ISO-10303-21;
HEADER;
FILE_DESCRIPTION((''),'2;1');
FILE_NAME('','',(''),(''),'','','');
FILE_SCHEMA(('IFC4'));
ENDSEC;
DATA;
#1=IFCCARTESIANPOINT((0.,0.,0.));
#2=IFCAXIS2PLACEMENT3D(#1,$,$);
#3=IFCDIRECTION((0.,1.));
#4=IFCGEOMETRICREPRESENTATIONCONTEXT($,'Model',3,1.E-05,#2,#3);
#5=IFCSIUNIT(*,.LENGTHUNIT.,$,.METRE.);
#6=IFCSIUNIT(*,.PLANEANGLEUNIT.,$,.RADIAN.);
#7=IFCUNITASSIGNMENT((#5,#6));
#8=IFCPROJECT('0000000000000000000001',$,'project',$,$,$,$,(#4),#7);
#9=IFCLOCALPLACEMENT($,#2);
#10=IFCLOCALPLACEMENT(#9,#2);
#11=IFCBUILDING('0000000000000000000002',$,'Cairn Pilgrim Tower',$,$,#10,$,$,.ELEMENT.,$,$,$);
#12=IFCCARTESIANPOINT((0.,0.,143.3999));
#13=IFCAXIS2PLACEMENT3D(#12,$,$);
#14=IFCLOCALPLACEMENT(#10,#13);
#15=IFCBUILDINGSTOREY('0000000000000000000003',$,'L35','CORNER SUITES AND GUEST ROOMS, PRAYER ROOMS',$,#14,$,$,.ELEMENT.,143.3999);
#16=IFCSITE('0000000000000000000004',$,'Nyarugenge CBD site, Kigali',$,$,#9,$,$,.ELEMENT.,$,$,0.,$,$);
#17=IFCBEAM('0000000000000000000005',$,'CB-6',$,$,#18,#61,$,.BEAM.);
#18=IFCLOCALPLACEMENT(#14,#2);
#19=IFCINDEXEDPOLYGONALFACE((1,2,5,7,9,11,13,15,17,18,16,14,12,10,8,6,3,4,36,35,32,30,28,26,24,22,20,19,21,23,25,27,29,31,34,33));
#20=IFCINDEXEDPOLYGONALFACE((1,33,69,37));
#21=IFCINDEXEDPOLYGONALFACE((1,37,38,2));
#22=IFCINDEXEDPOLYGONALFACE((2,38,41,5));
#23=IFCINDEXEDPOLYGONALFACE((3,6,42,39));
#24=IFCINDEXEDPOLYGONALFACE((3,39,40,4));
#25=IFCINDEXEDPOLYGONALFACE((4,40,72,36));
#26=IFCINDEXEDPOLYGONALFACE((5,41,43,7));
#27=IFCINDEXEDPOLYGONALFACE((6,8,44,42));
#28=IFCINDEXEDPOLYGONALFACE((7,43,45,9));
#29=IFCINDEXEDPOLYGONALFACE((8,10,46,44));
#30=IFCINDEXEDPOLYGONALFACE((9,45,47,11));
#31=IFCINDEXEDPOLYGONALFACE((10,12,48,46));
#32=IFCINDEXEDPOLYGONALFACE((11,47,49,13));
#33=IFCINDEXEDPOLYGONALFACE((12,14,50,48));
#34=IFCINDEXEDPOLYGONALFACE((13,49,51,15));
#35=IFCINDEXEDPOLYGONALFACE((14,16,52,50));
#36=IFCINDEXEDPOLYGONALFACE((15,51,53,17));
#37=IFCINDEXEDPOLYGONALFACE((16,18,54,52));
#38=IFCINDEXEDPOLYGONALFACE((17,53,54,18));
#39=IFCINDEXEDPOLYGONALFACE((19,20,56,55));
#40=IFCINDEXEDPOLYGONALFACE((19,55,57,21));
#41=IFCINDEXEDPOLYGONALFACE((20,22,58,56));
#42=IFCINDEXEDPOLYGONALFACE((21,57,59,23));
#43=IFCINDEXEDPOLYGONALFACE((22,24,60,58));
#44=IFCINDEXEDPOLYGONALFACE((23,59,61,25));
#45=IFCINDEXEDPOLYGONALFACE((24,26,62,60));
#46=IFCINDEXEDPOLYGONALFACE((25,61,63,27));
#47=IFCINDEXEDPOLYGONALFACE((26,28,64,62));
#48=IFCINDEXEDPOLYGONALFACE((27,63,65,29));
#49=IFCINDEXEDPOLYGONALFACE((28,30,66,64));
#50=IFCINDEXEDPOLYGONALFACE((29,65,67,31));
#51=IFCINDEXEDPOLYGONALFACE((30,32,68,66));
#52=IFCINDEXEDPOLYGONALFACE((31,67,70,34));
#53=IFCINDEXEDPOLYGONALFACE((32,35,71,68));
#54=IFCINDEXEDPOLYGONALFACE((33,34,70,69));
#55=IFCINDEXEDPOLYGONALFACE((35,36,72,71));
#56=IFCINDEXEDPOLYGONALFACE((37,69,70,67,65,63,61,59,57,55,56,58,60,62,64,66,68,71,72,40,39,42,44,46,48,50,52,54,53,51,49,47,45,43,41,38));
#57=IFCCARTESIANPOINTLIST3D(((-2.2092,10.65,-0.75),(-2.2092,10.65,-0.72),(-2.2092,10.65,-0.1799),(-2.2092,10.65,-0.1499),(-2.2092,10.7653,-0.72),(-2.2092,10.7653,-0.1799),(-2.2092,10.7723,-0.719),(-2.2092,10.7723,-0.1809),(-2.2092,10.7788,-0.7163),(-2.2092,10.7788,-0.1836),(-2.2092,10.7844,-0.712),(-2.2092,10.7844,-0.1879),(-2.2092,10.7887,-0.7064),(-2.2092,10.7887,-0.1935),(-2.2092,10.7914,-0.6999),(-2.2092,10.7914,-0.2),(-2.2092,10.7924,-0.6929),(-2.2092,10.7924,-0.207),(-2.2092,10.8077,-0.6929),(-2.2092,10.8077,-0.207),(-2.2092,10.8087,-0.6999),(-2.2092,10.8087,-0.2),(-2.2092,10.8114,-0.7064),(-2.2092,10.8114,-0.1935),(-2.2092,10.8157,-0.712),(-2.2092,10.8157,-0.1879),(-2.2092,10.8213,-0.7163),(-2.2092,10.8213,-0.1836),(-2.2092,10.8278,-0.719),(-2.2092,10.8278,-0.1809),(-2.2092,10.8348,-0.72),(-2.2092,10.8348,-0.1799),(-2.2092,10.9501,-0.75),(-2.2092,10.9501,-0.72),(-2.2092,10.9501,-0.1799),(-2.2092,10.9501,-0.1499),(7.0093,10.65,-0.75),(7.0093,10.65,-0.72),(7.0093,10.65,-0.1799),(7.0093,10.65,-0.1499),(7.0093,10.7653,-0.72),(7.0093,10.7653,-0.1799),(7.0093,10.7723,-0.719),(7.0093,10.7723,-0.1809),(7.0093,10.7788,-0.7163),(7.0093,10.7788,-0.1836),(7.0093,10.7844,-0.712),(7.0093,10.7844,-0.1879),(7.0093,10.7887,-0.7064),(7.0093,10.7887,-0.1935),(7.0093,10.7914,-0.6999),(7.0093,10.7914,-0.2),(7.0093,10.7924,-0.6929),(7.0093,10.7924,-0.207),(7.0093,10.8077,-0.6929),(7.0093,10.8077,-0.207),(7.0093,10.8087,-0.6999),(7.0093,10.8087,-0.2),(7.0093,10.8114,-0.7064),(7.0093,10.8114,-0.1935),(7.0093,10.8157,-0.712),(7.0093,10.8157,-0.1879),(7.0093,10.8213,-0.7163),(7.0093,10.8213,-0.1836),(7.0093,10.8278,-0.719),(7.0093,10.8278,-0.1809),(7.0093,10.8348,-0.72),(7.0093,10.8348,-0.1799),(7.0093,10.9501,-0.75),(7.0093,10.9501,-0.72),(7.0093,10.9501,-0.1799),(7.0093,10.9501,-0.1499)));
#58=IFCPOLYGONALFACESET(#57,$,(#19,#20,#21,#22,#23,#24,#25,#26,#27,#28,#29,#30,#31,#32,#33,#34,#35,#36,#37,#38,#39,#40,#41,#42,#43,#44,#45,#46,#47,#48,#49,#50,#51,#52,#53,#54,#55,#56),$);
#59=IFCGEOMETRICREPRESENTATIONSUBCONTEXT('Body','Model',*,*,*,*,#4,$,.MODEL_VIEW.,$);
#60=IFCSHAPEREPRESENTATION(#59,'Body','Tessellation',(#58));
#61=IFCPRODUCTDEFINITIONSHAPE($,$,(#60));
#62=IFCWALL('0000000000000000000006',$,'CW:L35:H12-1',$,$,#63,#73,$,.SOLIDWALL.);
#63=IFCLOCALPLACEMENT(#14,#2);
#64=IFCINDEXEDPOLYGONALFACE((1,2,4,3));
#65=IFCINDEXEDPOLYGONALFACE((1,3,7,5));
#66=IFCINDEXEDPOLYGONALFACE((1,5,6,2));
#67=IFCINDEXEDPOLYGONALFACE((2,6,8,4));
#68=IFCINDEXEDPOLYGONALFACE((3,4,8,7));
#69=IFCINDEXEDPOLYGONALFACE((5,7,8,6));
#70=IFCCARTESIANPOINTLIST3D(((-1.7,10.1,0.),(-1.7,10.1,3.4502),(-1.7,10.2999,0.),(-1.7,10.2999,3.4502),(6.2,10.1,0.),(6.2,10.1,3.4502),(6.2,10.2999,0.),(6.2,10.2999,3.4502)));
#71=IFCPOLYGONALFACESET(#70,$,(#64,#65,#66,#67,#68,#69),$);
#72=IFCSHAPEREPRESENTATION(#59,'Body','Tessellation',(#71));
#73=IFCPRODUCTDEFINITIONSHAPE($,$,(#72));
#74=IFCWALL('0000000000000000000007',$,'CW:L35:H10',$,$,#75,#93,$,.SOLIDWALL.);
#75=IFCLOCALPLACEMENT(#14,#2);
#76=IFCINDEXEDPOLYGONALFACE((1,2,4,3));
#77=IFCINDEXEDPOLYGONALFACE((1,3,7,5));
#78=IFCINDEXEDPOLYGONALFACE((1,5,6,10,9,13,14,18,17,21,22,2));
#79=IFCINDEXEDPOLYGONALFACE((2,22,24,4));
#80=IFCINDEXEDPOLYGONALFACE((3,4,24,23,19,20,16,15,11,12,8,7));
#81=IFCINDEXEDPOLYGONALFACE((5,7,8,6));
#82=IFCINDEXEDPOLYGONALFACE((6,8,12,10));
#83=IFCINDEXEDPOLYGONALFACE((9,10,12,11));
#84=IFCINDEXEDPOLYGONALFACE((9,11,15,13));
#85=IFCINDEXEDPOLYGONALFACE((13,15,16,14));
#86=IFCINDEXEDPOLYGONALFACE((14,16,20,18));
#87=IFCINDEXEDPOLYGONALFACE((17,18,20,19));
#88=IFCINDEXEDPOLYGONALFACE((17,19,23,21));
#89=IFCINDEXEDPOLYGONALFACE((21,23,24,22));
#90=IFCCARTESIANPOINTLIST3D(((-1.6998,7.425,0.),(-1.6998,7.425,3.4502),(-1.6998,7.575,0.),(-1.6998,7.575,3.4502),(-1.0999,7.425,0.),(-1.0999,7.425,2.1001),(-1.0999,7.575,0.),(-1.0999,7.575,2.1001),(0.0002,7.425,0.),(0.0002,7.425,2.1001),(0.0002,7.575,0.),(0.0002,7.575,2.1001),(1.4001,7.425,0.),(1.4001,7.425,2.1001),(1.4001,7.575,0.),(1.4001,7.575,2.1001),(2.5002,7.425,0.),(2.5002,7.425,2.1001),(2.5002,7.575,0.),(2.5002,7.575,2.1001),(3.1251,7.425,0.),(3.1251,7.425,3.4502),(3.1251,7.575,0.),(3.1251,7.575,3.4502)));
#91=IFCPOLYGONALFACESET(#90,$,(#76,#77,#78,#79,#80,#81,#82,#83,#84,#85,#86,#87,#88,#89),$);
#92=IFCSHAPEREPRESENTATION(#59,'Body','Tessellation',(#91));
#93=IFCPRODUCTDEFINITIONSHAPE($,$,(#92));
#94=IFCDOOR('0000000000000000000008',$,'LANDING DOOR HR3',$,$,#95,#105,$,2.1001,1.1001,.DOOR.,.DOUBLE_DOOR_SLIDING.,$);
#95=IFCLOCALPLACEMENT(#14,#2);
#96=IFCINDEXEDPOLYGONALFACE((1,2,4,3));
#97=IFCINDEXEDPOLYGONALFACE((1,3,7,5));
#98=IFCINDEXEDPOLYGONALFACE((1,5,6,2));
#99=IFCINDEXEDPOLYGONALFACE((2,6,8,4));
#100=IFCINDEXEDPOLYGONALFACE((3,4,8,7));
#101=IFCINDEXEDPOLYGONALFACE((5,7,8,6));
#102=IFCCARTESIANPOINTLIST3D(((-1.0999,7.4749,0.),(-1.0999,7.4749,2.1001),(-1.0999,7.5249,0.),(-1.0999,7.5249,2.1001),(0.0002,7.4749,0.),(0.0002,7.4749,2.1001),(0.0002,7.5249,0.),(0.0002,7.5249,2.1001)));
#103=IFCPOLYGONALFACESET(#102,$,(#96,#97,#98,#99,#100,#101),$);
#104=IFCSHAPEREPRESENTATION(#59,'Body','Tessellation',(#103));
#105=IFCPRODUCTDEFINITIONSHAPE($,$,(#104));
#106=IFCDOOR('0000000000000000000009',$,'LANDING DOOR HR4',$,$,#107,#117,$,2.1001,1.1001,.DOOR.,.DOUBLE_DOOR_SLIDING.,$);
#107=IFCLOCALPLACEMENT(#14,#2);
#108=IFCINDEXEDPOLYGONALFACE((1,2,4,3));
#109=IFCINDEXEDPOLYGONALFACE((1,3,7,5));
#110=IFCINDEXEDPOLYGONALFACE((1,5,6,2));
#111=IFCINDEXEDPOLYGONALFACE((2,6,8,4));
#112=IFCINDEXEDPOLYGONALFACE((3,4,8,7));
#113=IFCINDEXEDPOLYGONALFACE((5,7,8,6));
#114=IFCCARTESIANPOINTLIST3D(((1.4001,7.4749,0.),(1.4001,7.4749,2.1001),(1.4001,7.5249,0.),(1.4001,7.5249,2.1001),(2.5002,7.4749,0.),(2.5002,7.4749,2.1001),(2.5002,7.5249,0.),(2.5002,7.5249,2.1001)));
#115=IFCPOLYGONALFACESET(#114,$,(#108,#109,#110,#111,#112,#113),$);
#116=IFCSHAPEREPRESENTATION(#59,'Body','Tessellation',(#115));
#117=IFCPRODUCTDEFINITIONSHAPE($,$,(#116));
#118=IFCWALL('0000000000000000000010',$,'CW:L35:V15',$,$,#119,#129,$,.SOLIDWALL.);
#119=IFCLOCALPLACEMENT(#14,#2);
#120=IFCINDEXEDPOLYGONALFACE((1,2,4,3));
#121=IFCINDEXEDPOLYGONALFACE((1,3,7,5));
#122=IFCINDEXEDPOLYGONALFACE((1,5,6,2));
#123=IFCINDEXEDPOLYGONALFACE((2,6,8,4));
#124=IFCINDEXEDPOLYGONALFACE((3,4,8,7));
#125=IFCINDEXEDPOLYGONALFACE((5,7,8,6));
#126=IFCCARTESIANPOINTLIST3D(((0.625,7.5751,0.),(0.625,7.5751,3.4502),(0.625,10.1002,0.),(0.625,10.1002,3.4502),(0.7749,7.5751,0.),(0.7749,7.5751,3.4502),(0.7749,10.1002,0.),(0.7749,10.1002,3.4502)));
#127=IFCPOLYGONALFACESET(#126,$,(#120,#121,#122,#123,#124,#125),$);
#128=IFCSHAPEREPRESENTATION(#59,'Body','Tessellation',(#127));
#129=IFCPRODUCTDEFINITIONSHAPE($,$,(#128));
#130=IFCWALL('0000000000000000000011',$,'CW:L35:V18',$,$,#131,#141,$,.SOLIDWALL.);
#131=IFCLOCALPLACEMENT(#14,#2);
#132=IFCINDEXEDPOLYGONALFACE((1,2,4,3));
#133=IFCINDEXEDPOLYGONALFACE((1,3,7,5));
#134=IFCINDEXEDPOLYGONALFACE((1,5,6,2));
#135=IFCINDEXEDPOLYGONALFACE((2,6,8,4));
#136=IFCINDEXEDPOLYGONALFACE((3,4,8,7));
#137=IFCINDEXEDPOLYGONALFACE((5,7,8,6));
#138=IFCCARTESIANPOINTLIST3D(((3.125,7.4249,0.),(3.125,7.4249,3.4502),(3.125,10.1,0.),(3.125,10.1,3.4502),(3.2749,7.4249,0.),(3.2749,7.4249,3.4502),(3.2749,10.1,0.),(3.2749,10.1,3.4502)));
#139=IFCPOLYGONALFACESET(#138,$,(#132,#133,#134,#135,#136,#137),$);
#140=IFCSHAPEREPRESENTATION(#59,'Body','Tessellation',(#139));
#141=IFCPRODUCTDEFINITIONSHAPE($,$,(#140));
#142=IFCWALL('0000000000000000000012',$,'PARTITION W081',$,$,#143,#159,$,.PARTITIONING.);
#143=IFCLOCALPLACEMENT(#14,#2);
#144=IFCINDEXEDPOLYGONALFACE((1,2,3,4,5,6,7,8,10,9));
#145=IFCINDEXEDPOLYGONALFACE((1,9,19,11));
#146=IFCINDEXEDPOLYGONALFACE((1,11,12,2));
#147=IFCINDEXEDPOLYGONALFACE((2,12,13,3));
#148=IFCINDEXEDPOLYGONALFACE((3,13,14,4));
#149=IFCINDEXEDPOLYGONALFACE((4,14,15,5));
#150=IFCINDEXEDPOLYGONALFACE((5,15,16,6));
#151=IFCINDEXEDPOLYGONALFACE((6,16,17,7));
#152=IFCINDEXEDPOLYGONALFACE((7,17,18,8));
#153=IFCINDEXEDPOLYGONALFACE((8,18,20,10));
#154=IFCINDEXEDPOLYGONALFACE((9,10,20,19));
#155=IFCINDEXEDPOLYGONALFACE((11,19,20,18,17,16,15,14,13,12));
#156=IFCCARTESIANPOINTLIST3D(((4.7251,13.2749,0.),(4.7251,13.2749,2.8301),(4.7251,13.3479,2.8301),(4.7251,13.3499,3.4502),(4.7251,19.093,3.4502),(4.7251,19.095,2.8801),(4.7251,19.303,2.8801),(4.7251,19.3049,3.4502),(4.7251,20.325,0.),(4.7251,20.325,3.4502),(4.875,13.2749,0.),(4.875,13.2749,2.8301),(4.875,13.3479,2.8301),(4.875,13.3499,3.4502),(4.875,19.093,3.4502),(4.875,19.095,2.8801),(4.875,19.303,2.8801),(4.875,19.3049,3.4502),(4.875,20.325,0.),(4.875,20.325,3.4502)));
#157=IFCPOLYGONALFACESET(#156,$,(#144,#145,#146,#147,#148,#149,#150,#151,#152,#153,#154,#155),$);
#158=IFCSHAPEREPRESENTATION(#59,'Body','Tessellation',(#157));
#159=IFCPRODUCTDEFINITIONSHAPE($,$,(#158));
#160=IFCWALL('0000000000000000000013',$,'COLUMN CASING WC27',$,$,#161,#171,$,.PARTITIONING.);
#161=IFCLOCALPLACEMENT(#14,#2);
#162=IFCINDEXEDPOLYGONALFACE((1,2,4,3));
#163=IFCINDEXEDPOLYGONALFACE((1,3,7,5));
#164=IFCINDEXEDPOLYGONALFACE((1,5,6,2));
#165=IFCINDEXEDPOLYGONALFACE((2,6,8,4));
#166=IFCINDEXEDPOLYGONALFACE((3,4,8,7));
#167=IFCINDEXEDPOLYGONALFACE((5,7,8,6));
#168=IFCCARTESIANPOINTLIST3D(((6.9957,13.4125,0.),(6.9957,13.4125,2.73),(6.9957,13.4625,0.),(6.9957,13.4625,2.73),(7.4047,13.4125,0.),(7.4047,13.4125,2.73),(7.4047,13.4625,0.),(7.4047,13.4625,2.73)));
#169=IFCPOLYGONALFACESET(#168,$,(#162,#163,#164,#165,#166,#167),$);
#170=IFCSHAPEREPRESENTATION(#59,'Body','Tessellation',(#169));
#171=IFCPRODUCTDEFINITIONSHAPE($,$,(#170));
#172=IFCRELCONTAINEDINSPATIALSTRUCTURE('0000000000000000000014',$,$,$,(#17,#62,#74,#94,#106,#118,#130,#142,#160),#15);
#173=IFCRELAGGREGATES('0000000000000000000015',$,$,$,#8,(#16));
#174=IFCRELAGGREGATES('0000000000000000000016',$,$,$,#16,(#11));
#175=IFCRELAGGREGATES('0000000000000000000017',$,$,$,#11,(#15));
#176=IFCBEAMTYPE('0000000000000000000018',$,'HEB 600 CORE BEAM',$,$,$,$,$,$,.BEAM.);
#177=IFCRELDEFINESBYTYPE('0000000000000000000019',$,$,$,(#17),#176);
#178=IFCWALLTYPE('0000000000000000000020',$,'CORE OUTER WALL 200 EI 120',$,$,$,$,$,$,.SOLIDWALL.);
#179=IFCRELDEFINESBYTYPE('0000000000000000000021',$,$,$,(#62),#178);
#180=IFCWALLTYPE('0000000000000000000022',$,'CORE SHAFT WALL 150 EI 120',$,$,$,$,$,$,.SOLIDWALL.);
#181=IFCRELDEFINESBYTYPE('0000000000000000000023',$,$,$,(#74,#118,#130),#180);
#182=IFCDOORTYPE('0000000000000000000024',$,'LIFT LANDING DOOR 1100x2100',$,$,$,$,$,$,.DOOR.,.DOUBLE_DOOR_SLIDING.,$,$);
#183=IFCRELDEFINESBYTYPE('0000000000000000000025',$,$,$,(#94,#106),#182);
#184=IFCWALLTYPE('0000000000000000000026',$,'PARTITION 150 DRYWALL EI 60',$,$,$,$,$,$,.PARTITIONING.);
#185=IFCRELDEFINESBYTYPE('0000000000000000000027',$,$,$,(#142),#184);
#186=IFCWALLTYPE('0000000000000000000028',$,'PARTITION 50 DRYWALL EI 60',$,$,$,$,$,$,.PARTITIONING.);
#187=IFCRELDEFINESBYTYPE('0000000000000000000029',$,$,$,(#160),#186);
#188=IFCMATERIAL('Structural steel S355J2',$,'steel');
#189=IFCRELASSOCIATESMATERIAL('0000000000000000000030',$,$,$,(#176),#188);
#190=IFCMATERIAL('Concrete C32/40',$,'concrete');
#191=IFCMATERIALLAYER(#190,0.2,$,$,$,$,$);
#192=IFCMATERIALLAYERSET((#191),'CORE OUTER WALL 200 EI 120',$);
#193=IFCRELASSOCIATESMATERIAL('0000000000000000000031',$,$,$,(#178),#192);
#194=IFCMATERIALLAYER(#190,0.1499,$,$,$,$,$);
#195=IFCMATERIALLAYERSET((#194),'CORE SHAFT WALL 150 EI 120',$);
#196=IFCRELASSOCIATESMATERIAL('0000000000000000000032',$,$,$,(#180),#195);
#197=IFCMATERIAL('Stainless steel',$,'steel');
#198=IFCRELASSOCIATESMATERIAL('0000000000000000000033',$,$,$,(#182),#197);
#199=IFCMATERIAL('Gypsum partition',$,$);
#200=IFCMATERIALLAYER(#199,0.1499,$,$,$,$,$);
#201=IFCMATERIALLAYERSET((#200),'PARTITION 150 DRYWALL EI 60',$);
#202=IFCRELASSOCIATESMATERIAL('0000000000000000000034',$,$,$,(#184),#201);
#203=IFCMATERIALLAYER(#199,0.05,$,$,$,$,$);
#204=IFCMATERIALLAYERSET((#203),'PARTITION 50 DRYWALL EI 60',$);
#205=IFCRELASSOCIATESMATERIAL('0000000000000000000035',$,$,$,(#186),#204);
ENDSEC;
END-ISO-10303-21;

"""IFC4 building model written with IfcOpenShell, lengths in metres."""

from ifc_helpers import new_model, si_unit, direction, frame, frame_2d, origin, origin_2d, place, context, subcontext, project, spatial, polyline, rectangle, i_section, outline, extrude, material, layer, layer_set, material_profile, profile_set, type_object, element, fill, save


model = new_model("IFC4")

# Units and contexts
model_context = context("Model", 3, precision=1e-05, world=origin(), true_north=direction((0.0, 1.0)))
body_context = subcontext(model_context, "Body", "Model", "MODEL_VIEW")
ifc_project = project(units=[si_unit("LENGTHUNIT", "METRE"), si_unit("PLANEANGLEUNIT", "RADIAN")], contexts=[model_context])

# Site, building, storey
site_placement = place(None, origin())
site = spatial("IfcSite", under=ifc_project, at=site_placement, Name="Nyarugenge CBD site, Kigali", CompositionType="ELEMENT", RefElevation=0.0)
building_placement = place(site_placement, origin())
building = spatial("IfcBuilding", under=site, at=building_placement, Name="Cairn Pilgrim Tower", CompositionType="ELEMENT")
storey_placement = place(building_placement, frame((0.0, 0.0, 143.3999)))
storey = spatial("IfcBuildingStorey", under=building, at=storey_placement, Name="L35", Description="CORNER SUITES AND GUEST ROOMS, PRAYER ROOMS", CompositionType="ELEMENT", Elevation=143.3999)

# Beam
ifc_material_1 = material(Name="Structural steel S355J2", Category="steel")
ifc_material_profile_1 = material_profile(ifc_material_1, i_section(OverallWidth=0.3, OverallDepth=0.6001, WebThickness=0.0154, FlangeThickness=0.03, FilletRadius=0.0271, at=origin_2d()), Name="HEB 600")
ifc_profile_set_1 = profile_set([ifc_material_profile_1], Name="Structural steel S355J2")
beam_type_1 = type_object("IfcBeamType", Name="HEB 600 CORE BEAM", PredefinedType="BEAM", material=ifc_profile_set_1)
beam_1_placement = place(storey_placement, frame((7.0093, 10.8, -0.45), z_axis=(-1.0, 0.0, 0.0), x_axis=(0.0, -1.0, 0.0)))
element("IfcBeam", 1, at=beam_1_placement, inside=storey, type_object=beam_type_1, Name="CB-6", PredefinedType="BEAM", context=body_context, shape_type="SweptSolid", body=[
    extrude(i_section(OverallWidth=0.3, OverallDepth=0.6001, WebThickness=0.0154, FlangeThickness=0.03, FilletRadius=0.0271, at=origin_2d()), origin(), (0.0, 0.0, 1.0), 9.2185),
])

# Wall
ifc_material_2 = material(Name="Concrete C32/40", Category="concrete")
ifc_layer_1 = layer(ifc_material_2, 0.2)
ifc_layer_set_1 = layer_set([ifc_layer_1], Name="CORE OUTER WALL 200 EI 120")
wall_type_1 = type_object("IfcWallType", Name="CORE OUTER WALL 200 EI 120", PredefinedType="SOLIDWALL", material=ifc_layer_set_1)
wall_1_placement = place(storey_placement, frame((-1.7, 10.2, 0.0), z_axis=(0.0, 0.0, 1.0), x_axis=(1.0, 0.0, 0.0)))
element("IfcWall", 2, at=wall_1_placement, inside=storey, type_object=wall_type_1, Name="CW:L35:H12-1", PredefinedType="SOLIDWALL", context=body_context, shape_type="SweptSolid", body=[
    extrude(rectangle(XDim=7.8999, YDim=0.2, at=frame_2d((3.95, 0.0))), origin(), (0.0, 0.0, 1.0), 3.4502),
])

# Wall, openings, doors
ifc_layer_2 = layer(ifc_material_2, 0.1499)
ifc_layer_set_2 = layer_set([ifc_layer_2], Name="CORE SHAFT WALL 150 EI 120")
wall_type_2 = type_object("IfcWallType", Name="CORE SHAFT WALL 150 EI 120", PredefinedType="SOLIDWALL", material=ifc_layer_set_2)
wall_2_placement = place(storey_placement, frame((-1.7, 7.5, 0.0), z_axis=(0.0, 0.0, 1.0), x_axis=(1.0, 0.0, 0.0)))
wall_2 = element("IfcWall", 3, at=wall_2_placement, inside=storey, type_object=wall_type_2, Name="CW:L35:H10", PredefinedType="SOLIDWALL", context=body_context, shape_type="SweptSolid", body=[
    extrude(rectangle(XDim=4.825, YDim=0.1499, at=frame_2d((2.4126, 0.0))), origin(), (0.0, 0.0, 1.0), 3.4502),
])
opening_1_placement = place(wall_2_placement, frame((0.6001, 0.0, 0.0)))
opening_1 = element("IfcOpeningElement", 4, at=opening_1_placement, cuts=wall_2, PredefinedType="OPENING", context=body_context, shape_type="SweptSolid", body=[
    extrude(rectangle(XDim=1.1001, YDim=2.1001, at=frame_2d((0.55, 1.05))), frame((0.0, 0.085, 0.0), z_axis=(0.0, -1.0, 0.0), x_axis=(1.0, 0.0, 0.0)), (0.0, 0.0, 1.0), 0.1699),
])
opening_2_placement = place(wall_2_placement, frame((3.1001, 0.0, 0.0)))
opening_2 = element("IfcOpeningElement", 5, at=opening_2_placement, cuts=wall_2, PredefinedType="OPENING", context=body_context, shape_type="SweptSolid", body=[
    extrude(rectangle(XDim=1.1001, YDim=2.1001, at=frame_2d((0.55, 1.05))), frame((0.0, 0.085, 0.0), z_axis=(0.0, -1.0, 0.0), x_axis=(1.0, 0.0, 0.0)), (0.0, 0.0, 1.0), 0.1699),
])
ifc_material_3 = material(Name="Stainless steel", Category="steel")
door_type_1 = type_object("IfcDoorType", Name="LIFT LANDING DOOR 1100x2100", OperationType="DOUBLE_DOOR_SLIDING", PredefinedType="DOOR", material=ifc_material_3)
door_1_placement = place(opening_1_placement, origin())
door_1 = element("IfcDoor", 6, at=door_1_placement, inside=storey, type_object=door_type_1, Name="LANDING DOOR HR3", OperationType="DOUBLE_DOOR_SLIDING", OverallHeight=2.1001, OverallWidth=1.1001, PredefinedType="DOOR", context=body_context, shape_type="SweptSolid", body=[
    extrude(rectangle(XDim=1.1001, YDim=2.1001, at=frame_2d((0.55, 1.05))), frame((0.0, 0.0249, 0.0), z_axis=(0.0, -1.0, 0.0), x_axis=(1.0, 0.0, 0.0)), (0.0, 0.0, 1.0), 0.05),
])
fill(opening_1, door_1)
door_2_placement = place(opening_2_placement, origin())
door_2 = element("IfcDoor", 7, at=door_2_placement, inside=storey, type_object=door_type_1, Name="LANDING DOOR HR4", OperationType="DOUBLE_DOOR_SLIDING", OverallHeight=2.1001, OverallWidth=1.1001, PredefinedType="DOOR", context=body_context, shape_type="SweptSolid", body=[
    extrude(rectangle(XDim=1.1001, YDim=2.1001, at=frame_2d((0.55, 1.05))), frame((0.0, 0.0249, 0.0), z_axis=(0.0, -1.0, 0.0), x_axis=(1.0, 0.0, 0.0)), (0.0, 0.0, 1.0), 0.05),
])
fill(opening_2, door_2)

# Walls
wall_3_placement = place(storey_placement, frame((0.7, 7.575, 0.0), z_axis=(0.0, 0.0, 1.0), x_axis=(0.0, 1.0, 0.0)))
element("IfcWall", 8, at=wall_3_placement, inside=storey, type_object=wall_type_2, Name="CW:L35:V15", PredefinedType="SOLIDWALL", context=body_context, shape_type="SweptSolid", body=[
    extrude(rectangle(XDim=2.5251, YDim=0.1499, at=frame_2d((1.2627, 0.0))), origin(), (0.0, 0.0, 1.0), 3.4502),
])
wall_4_placement = place(storey_placement, frame((3.2, 7.425, 0.0), z_axis=(0.0, 0.0, 1.0), x_axis=(0.0, 1.0, 0.0)))
element("IfcWall", 9, at=wall_4_placement, inside=storey, type_object=wall_type_2, Name="CW:L35:V18", PredefinedType="SOLIDWALL", context=body_context, shape_type="SweptSolid", body=[
    extrude(rectangle(XDim=2.675, YDim=0.1499, at=frame_2d((1.3374, 0.0))), origin(), (0.0, 0.0, 1.0), 3.4502),
])
ifc_material_4 = material(Name="Gypsum partition")
ifc_layer_3 = layer(ifc_material_4, 0.1499)
ifc_layer_set_3 = layer_set([ifc_layer_3], Name="PARTITION 150 DRYWALL EI 60")
wall_type_3 = type_object("IfcWallType", Name="PARTITION 150 DRYWALL EI 60", PredefinedType="PARTITIONING", material=ifc_layer_set_3)
wall_5_placement = place(storey_placement, frame((4.8, 13.2749, 0.0), z_axis=(0.0, 0.0, 1.0), x_axis=(0.0, 1.0, 0.0)))
element("IfcWall", 10, at=wall_5_placement, inside=storey, type_object=wall_type_3, Name="PARTITION W081", PredefinedType="PARTITIONING", context=body_context, shape_type="SweptSolid", body=[
    extrude(outline(polyline([(0.0, 0.0), (7.05, 0.0), (7.05, 3.4502), (6.03, 3.4502), (6.0281, 2.8801), (5.8201, 2.8801), (5.8181, 3.4502), (0.075, 3.4502), (0.073, 2.8301), (0.0, 2.8301), (0.0, 0.0)])), frame((0.0, 0.075, 0.0), z_axis=(0.0, -1.0, 0.0), x_axis=(1.0, 0.0, 0.0)), (0.0, 0.0, 1.0), 0.1499),
])
ifc_layer_4 = layer(ifc_material_4, 0.05)
ifc_layer_set_4 = layer_set([ifc_layer_4], Name="PARTITION 50 DRYWALL EI 60")
wall_type_4 = type_object("IfcWallType", Name="PARTITION 50 DRYWALL EI 60", PredefinedType="PARTITIONING", material=ifc_layer_set_4)
wall_6_placement = place(storey_placement, frame((6.9956, 13.4375, 0.0), z_axis=(0.0, 0.0, 1.0), x_axis=(1.0, 0.0, 0.0)))
element("IfcWall", 11, at=wall_6_placement, inside=storey, type_object=wall_type_4, Name="COLUMN CASING WC27", PredefinedType="PARTITIONING", context=body_context, shape_type="SweptSolid", body=[
    extrude(rectangle(XDim=0.4089, YDim=0.05, at=frame_2d((0.2046, 0.0))), origin(), (0.0, 0.0, 1.0), 2.73),
])

save(model, "model.ifc")
